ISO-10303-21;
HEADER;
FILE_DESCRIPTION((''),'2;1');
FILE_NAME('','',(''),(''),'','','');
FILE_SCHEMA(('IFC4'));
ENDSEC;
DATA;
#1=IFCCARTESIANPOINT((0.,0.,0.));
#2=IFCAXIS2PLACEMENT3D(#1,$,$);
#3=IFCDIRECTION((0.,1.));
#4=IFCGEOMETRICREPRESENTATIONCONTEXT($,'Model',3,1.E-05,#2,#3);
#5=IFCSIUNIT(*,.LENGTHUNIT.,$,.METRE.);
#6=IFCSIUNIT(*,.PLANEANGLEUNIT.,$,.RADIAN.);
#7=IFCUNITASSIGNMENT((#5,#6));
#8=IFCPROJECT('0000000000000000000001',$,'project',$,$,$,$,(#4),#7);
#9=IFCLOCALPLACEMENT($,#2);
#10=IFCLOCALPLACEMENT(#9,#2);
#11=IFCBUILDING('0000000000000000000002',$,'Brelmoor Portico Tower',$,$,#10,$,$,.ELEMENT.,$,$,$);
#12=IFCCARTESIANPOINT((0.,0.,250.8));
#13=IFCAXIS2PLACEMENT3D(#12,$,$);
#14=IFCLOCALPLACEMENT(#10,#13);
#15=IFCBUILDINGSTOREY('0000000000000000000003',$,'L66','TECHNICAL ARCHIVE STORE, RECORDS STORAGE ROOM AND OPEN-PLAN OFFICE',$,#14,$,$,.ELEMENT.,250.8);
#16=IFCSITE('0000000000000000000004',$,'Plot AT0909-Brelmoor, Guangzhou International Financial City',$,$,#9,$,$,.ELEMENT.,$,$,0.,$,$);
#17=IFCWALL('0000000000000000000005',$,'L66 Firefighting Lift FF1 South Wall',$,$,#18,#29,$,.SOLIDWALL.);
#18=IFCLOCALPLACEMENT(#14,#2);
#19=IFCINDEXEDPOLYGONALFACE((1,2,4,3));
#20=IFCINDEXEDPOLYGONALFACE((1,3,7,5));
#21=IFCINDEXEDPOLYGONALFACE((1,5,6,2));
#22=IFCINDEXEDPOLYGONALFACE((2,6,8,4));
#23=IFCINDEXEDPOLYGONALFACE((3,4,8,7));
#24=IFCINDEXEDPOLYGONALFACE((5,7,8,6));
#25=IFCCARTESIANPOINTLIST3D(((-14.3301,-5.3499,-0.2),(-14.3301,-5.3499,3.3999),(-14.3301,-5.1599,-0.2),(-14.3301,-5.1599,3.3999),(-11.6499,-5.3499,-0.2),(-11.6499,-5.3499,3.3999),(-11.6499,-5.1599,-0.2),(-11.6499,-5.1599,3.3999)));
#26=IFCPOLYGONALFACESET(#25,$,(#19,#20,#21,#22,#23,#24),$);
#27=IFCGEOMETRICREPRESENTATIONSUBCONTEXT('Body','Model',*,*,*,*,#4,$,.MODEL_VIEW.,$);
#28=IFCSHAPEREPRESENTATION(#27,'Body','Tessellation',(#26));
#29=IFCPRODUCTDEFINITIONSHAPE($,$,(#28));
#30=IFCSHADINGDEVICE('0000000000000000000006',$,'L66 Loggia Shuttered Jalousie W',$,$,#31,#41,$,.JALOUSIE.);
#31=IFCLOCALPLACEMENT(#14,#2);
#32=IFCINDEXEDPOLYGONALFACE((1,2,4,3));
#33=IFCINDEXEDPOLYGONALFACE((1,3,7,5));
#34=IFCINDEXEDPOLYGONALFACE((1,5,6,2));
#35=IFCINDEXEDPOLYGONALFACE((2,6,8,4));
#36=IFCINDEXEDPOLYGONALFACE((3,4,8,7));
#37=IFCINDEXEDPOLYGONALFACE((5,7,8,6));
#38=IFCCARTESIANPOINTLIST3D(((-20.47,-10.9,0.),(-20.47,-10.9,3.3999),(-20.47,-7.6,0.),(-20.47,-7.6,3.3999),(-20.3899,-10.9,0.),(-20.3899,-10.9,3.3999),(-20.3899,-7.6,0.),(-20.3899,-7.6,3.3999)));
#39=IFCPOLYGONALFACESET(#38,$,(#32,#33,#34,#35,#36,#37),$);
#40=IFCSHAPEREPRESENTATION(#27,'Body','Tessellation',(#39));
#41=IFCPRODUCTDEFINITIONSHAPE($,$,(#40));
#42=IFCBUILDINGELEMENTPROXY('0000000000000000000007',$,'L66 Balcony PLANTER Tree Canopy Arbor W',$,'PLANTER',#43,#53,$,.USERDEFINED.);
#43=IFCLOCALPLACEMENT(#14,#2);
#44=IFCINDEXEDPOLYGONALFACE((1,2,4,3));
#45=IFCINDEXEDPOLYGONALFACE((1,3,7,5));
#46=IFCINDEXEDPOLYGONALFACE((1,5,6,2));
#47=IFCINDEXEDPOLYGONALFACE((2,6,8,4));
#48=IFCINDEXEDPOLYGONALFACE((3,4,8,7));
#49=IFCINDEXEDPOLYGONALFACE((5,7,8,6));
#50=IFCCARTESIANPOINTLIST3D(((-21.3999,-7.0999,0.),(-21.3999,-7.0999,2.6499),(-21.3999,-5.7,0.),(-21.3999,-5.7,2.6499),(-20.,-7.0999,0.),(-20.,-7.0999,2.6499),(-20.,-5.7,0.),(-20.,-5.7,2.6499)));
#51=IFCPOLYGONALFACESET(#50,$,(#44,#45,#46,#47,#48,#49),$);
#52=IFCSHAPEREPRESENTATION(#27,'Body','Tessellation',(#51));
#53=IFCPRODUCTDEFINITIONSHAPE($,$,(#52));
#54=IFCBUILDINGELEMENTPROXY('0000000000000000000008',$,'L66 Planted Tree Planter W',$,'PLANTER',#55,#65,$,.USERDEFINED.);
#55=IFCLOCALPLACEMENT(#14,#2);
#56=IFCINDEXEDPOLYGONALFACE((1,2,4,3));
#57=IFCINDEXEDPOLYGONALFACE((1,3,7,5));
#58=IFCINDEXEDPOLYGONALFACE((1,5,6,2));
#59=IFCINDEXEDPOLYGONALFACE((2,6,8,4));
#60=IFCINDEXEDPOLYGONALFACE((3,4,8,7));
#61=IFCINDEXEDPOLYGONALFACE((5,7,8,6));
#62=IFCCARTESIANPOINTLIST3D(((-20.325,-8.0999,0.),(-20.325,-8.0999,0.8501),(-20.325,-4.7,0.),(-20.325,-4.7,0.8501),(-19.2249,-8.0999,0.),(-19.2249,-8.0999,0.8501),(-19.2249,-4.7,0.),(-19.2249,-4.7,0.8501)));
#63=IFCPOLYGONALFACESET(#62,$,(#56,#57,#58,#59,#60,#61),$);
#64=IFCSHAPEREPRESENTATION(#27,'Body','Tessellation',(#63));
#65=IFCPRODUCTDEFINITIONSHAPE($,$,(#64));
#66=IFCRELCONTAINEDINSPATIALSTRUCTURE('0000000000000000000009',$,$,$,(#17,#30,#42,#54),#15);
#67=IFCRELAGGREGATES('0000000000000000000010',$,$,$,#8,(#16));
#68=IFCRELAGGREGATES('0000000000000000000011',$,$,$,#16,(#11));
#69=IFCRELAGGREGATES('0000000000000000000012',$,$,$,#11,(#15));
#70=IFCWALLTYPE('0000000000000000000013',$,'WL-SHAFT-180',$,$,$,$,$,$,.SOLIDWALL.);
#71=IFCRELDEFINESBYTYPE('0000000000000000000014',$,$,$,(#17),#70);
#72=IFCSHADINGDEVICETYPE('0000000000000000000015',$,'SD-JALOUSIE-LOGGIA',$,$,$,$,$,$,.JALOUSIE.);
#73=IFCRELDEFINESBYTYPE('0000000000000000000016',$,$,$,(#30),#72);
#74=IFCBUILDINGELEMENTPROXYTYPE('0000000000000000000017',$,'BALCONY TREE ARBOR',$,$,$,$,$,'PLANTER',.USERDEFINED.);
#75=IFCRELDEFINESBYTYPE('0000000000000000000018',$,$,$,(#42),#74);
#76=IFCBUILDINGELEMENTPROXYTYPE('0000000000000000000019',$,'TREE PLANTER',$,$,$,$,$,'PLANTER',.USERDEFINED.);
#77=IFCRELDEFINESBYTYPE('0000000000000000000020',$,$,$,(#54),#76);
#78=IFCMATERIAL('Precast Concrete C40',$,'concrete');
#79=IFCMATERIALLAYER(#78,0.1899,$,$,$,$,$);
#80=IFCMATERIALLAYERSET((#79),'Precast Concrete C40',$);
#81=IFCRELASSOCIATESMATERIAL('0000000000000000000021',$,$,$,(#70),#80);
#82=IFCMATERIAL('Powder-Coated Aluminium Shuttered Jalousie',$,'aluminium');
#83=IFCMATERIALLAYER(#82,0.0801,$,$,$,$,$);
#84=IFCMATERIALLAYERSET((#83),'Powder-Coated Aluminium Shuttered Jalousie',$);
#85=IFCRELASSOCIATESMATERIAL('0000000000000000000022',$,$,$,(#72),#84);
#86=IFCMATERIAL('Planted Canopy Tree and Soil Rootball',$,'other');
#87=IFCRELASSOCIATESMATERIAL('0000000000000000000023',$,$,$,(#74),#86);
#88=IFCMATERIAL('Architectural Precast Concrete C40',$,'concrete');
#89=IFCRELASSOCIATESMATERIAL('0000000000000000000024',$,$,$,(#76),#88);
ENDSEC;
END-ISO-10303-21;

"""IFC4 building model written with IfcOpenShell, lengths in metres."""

from ifc_helpers import new_model, si_unit, direction, frame, frame_2d, origin, origin_2d, place, context, subcontext, project, spatial, rectangle, extrude, material, layer, layer_set, type_object, element, save


model = new_model("IFC4")

# Units and contexts
model_context = context("Model", 3, precision=1e-05, world=origin(), true_north=direction((0.0, 1.0)))
body_context = subcontext(model_context, "Body", "Model", "MODEL_VIEW")
ifc_project = project(units=[si_unit("LENGTHUNIT", "METRE"), si_unit("PLANEANGLEUNIT", "RADIAN")], contexts=[model_context])

# Site, building, storey
site_placement = place(None, origin())
site = spatial("IfcSite", under=ifc_project, at=site_placement, Name="Plot AT0909-Brelmoor, Guangzhou International Financial City", CompositionType="ELEMENT", RefElevation=0.0)
building_placement = place(site_placement, origin())
building = spatial("IfcBuilding", under=site, at=building_placement, Name="Brelmoor Portico Tower", CompositionType="ELEMENT")
storey_placement = place(building_placement, frame((0.0, 0.0, 250.8)))
storey = spatial("IfcBuildingStorey", under=building, at=storey_placement, Name="L66", Description="TECHNICAL ARCHIVE STORE, RECORDS STORAGE ROOM AND OPEN-PLAN OFFICE", CompositionType="ELEMENT", Elevation=250.8)

# Shared definitions
ifc_material_1 = material(Name="Precast Concrete C40", Category="concrete")
ifc_layer_1 = layer(ifc_material_1, 0.1899)
ifc_layer_set_1 = layer_set([ifc_layer_1], Name="Precast Concrete C40")
wall_type_1 = type_object("IfcWallType", Name="WL-SHAFT-180", PredefinedType="SOLIDWALL", material=ifc_layer_set_1)

# Wall
wall_1_placement = place(storey_placement, frame((-14.3301, -5.2549, -0.2), z_axis=(0.0, 0.0, 1.0), x_axis=(1.0, 0.0, 0.0)))
element("IfcWall", 1, at=wall_1_placement, inside=storey, type_object=wall_type_1, Name="L66 Firefighting Lift FF1 South Wall", PredefinedType="SOLIDWALL", context=body_context, shape_type="SweptSolid", body=[
    extrude(rectangle(XDim=2.6802, YDim=0.1899, at=frame_2d((1.3401, 0.0))), origin(), (0.0, 0.0, 1.0), 3.5999),
])

# Shading device
ifc_material_2 = material(Name="Powder-Coated Aluminium Shuttered Jalousie", Category="aluminium")
ifc_layer_2 = layer(ifc_material_2, 0.0801)
ifc_layer_set_2 = layer_set([ifc_layer_2], Name="Powder-Coated Aluminium Shuttered Jalousie")
shading_device_type = type_object("IfcShadingDeviceType", Name="SD-JALOUSIE-LOGGIA", PredefinedType="JALOUSIE", material=ifc_layer_set_2)
shading_device_placement = place(storey_placement, frame((-20.4299, -9.25, 0.0), z_axis=(0.0, 0.0, 1.0), x_axis=(0.0, 1.0, 0.0)))
element("IfcShadingDevice", 2, at=shading_device_placement, inside=storey, type_object=shading_device_type, Name="L66 Loggia Shuttered Jalousie W", PredefinedType="JALOUSIE", context=body_context, shape_type="SweptSolid", body=[
    extrude(rectangle(XDim=3.3, YDim=0.0801, at=origin_2d()), origin(), (0.0, 0.0, 1.0), 3.3999),
])

# Building element proxies
ifc_material_3 = material(Name="Planted Canopy Tree and Soil Rootball", Category="other")
building_element_proxy_type_1 = type_object("IfcBuildingElementProxyType", Name="BALCONY TREE ARBOR", ElementType="PLANTER", PredefinedType="USERDEFINED", material=ifc_material_3)
proxy_1_placement = place(storey_placement, frame((-20.7, -6.3999, 0.0), z_axis=(0.0, 0.0, 1.0), x_axis=(1.0, 0.0, 0.0)))
element("IfcBuildingElementProxy", 3, at=proxy_1_placement, inside=storey, type_object=building_element_proxy_type_1, Name="L66 Balcony PLANTER Tree Canopy Arbor W", ObjectType="PLANTER", PredefinedType="USERDEFINED", context=body_context, shape_type="SweptSolid", body=[
    extrude(rectangle(XDim=1.3999, YDim=1.3999, at=origin_2d()), origin(), (0.0, 0.0, 1.0), 2.6499),
])
ifc_material_4 = material(Name="Architectural Precast Concrete C40", Category="concrete")
building_element_proxy_type_2 = type_object("IfcBuildingElementProxyType", Name="TREE PLANTER", ElementType="PLANTER", PredefinedType="USERDEFINED", material=ifc_material_4)
proxy_2_placement = place(storey_placement, frame((-19.7749, -6.3999, 0.0), z_axis=(0.0, 0.0, 1.0), x_axis=(0.0, 1.0, 0.0)))
element("IfcBuildingElementProxy", 4, at=proxy_2_placement, inside=storey, type_object=building_element_proxy_type_2, Name="L66 Planted Tree Planter W", ObjectType="PLANTER", PredefinedType="USERDEFINED", context=body_context, shape_type="SweptSolid", body=[
    extrude(rectangle(XDim=3.3999, YDim=1.1001, at=origin_2d()), origin(), (0.0, 0.0, 1.0), 0.8501),
])

save(model, "model.ifc")
